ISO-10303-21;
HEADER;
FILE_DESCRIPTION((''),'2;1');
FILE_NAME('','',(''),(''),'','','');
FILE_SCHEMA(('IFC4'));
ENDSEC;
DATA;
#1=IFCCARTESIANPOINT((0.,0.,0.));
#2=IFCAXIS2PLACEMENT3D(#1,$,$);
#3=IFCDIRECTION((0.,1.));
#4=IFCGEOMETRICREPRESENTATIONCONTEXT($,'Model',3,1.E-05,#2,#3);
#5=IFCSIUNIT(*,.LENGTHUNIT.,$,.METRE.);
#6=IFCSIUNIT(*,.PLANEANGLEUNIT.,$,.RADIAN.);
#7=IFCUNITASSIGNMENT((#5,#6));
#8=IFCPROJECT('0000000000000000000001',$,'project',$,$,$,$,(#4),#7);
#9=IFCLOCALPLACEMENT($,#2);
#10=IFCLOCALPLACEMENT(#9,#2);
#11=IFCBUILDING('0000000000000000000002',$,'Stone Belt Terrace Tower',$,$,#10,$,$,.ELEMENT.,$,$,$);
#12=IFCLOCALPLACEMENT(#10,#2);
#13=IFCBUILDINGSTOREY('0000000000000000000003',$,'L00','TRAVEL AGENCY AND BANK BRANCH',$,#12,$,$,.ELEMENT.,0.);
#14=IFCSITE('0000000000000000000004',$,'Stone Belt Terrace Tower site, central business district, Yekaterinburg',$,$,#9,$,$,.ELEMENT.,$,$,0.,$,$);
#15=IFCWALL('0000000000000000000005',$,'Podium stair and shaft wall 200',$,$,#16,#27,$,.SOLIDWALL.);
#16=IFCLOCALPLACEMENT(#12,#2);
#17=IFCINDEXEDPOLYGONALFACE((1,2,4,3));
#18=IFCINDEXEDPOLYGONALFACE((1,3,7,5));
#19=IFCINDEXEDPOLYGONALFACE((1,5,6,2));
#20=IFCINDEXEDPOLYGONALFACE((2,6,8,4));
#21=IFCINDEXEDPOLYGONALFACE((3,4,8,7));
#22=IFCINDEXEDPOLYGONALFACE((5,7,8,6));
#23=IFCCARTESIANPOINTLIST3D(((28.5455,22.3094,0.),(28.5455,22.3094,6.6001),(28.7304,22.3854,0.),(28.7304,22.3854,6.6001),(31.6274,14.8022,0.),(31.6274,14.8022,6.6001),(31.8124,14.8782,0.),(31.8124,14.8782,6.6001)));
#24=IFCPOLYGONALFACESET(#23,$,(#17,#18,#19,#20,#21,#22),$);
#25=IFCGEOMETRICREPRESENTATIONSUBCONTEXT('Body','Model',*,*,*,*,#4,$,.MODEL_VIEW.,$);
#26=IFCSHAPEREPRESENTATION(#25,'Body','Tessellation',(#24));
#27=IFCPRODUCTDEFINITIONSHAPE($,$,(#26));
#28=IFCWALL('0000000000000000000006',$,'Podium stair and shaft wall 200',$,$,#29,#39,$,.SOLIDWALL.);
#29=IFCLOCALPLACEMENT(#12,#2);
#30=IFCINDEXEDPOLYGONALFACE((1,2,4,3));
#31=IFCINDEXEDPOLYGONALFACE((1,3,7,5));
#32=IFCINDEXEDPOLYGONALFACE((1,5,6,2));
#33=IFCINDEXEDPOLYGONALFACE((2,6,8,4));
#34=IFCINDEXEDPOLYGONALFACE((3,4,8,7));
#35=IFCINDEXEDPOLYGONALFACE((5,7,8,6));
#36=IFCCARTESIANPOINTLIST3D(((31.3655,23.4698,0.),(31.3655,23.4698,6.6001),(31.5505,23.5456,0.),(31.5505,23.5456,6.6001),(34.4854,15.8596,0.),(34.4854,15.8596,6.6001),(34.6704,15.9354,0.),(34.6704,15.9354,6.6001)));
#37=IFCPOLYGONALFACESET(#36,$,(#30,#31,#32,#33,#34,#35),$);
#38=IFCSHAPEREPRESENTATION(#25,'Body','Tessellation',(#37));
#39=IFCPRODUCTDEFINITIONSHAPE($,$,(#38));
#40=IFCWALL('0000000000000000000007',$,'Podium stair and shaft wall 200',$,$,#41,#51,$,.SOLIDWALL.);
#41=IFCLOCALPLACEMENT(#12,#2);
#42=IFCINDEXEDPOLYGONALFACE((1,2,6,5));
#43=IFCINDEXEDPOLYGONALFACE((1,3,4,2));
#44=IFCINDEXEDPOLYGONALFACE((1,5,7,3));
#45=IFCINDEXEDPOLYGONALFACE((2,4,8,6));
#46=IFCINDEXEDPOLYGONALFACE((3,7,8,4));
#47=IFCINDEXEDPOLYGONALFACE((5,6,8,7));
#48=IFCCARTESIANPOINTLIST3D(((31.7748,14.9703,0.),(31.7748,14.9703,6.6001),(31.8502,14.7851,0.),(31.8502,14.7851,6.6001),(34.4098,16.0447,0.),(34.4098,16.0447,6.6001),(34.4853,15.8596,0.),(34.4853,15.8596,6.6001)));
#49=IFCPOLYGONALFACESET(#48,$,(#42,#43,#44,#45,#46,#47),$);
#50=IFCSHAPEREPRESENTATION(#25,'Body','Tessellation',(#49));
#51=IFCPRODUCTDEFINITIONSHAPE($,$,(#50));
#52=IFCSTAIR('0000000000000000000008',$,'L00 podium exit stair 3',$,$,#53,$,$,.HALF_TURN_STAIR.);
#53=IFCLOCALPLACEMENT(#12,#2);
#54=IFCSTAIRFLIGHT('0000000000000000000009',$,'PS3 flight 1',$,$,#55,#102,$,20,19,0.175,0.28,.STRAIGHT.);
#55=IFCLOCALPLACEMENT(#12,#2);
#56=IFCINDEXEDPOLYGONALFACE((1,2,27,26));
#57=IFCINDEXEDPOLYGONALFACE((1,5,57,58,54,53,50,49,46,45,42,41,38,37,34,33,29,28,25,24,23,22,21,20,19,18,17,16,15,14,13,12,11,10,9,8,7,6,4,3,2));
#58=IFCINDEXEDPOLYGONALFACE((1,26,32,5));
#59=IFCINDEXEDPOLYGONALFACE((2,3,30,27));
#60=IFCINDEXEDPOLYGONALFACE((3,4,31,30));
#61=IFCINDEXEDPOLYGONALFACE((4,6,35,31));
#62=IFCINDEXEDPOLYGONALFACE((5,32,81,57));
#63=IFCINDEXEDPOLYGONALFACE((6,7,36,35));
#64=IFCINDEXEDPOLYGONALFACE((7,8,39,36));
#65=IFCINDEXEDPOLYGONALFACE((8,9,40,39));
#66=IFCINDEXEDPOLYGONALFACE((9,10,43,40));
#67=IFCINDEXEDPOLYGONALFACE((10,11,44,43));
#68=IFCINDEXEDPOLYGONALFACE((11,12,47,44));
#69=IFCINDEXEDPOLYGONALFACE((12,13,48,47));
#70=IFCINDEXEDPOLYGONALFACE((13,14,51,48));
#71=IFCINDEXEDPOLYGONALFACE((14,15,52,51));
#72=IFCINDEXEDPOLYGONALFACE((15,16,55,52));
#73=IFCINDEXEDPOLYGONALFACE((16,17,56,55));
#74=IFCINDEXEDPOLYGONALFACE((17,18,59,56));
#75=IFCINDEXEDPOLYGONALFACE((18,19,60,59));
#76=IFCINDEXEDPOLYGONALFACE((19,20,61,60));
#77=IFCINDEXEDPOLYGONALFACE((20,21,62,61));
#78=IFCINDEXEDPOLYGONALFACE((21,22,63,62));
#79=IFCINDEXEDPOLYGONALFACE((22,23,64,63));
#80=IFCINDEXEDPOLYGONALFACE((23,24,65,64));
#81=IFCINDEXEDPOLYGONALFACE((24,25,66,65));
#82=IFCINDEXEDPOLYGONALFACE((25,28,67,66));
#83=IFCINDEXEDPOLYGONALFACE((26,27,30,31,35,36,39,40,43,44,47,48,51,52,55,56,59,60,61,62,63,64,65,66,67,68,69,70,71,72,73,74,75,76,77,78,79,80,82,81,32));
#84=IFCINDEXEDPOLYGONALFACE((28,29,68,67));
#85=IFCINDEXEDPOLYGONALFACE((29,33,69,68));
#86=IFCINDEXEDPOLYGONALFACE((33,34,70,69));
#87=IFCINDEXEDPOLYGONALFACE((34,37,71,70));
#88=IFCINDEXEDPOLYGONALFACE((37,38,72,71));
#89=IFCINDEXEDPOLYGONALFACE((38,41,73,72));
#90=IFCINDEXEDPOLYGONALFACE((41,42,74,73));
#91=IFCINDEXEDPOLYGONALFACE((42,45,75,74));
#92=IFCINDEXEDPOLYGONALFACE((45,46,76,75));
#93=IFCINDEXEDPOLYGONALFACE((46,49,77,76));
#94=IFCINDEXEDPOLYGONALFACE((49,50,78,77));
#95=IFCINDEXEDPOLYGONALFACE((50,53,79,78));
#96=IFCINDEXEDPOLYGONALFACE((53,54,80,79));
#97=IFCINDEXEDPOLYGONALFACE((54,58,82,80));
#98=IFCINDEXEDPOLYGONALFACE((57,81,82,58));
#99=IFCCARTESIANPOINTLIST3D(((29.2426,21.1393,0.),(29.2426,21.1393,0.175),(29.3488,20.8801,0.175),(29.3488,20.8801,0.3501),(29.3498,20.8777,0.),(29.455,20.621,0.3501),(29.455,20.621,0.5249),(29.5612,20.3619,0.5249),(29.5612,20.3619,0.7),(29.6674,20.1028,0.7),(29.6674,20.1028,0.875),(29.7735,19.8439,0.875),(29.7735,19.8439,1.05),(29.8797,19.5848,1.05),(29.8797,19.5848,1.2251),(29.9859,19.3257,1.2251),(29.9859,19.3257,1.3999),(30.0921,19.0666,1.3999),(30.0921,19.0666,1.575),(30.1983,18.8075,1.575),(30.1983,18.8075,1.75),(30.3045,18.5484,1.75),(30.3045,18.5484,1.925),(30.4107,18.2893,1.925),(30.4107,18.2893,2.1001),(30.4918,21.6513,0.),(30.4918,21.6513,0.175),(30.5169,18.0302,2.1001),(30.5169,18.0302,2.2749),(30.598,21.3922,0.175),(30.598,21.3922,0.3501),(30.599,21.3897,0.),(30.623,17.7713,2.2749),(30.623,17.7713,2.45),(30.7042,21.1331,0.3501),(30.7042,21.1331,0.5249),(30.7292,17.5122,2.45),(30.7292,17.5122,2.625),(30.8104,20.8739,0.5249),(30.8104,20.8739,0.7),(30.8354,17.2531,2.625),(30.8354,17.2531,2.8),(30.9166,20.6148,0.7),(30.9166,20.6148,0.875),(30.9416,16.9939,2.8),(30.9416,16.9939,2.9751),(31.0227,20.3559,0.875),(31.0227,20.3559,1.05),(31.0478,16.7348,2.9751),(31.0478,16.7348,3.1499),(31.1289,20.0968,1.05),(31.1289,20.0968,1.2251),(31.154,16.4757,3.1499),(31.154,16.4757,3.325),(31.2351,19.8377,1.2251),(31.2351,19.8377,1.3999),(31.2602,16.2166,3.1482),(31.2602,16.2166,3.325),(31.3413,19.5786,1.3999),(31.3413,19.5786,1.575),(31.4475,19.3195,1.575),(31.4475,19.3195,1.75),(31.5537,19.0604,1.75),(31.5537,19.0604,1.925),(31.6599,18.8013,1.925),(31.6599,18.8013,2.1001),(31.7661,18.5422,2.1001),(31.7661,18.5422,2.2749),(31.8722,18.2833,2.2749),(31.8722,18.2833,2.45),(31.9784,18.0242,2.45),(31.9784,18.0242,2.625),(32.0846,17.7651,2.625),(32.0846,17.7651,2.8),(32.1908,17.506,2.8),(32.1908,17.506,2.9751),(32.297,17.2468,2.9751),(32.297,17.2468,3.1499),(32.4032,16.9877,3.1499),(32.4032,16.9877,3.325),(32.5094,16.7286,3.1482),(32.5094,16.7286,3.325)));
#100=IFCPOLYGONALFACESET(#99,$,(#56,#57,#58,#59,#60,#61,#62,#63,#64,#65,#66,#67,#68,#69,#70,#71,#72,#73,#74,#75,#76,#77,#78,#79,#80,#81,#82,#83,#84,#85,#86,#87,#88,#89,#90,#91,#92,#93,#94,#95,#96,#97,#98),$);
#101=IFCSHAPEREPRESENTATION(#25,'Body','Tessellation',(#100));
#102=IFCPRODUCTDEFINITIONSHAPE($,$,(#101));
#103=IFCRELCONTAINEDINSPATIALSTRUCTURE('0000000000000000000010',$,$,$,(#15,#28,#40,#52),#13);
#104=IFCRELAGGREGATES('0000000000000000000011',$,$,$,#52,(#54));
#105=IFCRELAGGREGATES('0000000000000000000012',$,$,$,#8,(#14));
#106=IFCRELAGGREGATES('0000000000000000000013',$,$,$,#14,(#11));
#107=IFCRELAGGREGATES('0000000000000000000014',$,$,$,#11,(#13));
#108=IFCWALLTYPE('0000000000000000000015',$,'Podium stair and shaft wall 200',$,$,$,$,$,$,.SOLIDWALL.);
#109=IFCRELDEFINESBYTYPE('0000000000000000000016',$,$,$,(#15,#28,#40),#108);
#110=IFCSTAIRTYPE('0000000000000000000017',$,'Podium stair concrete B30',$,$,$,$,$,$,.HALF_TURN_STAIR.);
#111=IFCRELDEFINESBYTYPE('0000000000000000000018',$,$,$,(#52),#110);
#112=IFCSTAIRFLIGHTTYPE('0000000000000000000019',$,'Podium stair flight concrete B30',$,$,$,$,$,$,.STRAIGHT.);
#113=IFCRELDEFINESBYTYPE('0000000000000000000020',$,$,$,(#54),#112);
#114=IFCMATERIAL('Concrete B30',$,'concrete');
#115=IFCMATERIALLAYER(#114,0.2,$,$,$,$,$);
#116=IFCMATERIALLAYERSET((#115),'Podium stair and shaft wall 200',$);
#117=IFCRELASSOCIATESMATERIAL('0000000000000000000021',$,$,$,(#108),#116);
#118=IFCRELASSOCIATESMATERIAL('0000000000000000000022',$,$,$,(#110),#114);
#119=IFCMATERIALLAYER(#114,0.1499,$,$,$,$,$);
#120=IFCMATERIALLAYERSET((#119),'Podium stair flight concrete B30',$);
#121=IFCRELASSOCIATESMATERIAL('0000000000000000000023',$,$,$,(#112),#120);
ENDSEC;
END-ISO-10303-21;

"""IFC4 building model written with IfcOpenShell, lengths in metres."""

from ifc_helpers import new_model, si_unit, direction, frame, frame_2d, origin, place, context, subcontext, project, spatial, polyline, rectangle, outline, extrude, material, layer, layer_set, type_object, element, aggregate, save


model = new_model("IFC4")

# Units and contexts
model_context = context("Model", 3, precision=1e-05, world=origin(), true_north=direction((0.0, 1.0)))
body_context = subcontext(model_context, "Body", "Model", "MODEL_VIEW")
ifc_project = project(units=[si_unit("LENGTHUNIT", "METRE"), si_unit("PLANEANGLEUNIT", "RADIAN")], contexts=[model_context])

# Site, building, storey
site_placement = place(None, origin())
site = spatial("IfcSite", under=ifc_project, at=site_placement, Name="Stone Belt Terrace Tower site, central business district, Yekaterinburg", CompositionType="ELEMENT", RefElevation=0.0)
building_placement = place(site_placement, origin())
building = spatial("IfcBuilding", under=site, at=building_placement, Name="Stone Belt Terrace Tower", CompositionType="ELEMENT")
storey_placement = place(building_placement, origin())
storey = spatial("IfcBuildingStorey", under=building, at=storey_placement, Name="L00", Description="TRAVEL AGENCY AND BANK BRANCH", CompositionType="ELEMENT", Elevation=0.0)

# Shared definitions
ifc_material_1 = material(Name="Concrete B30", Category="concrete")
ifc_layer_1 = layer(ifc_material_1, 0.2)
ifc_layer_set_1 = layer_set([ifc_layer_1], Name="Podium stair and shaft wall 200")
wall_type_1 = type_object("IfcWallType", Name="Podium stair and shaft wall 200", PredefinedType="SOLIDWALL", material=ifc_layer_set_1)

# Walls
wall_1_placement = place(storey_placement, frame((28.6379, 22.3474, 0.0), z_axis=(0.0, 0.0, 1.0), x_axis=(0.379778, -0.925078, 0.0)))
element("IfcWall", 1, at=wall_1_placement, inside=storey, type_object=wall_type_1, Name="Podium stair and shaft wall 200", PredefinedType="SOLIDWALL", context=body_context, shape_type="SweptSolid", body=[
    extrude(rectangle(XDim=8.1152, YDim=0.2, at=frame_2d((4.0576, 0.0))), origin(), (0.0, 0.0, 1.0), 6.6001),
])
wall_2_placement = place(storey_placement, frame((31.458, 23.5076, 0.0), z_axis=(0.0, 0.0, 1.0), x_axis=(0.379325, -0.925263, 0.0)))
element("IfcWall", 2, at=wall_2_placement, inside=storey, type_object=wall_type_1, Name="Podium stair and shaft wall 200", PredefinedType="SOLIDWALL", context=body_context, shape_type="SweptSolid", body=[
    extrude(rectangle(XDim=8.2249, YDim=0.2, at=frame_2d((4.1123, 0.0))), origin(), (0.0, 0.0, 1.0), 6.6001),
])
wall_3_placement = place(storey_placement, frame((31.8125, 14.8777, 0.0), z_axis=(0.0, 0.0, 1.0), x_axis=(0.925977, 0.37758, 0.0)))
element("IfcWall", 3, at=wall_3_placement, inside=storey, type_object=wall_type_1, Name="Podium stair and shaft wall 200", PredefinedType="SOLIDWALL", context=body_context, shape_type="SweptSolid", body=[
    extrude(rectangle(XDim=2.8457, YDim=0.2, at=frame_2d((1.4229, 0.0))), origin(), (0.0, 0.0, 1.0), 6.6001),
])

# Stair, stair flight
stair_type = type_object("IfcStairType", Name="Podium stair concrete B30", PredefinedType="HALF_TURN_STAIR", material=ifc_material_1)
stair_placement = place(storey_placement, origin())
stair = element("IfcStair", 4, at=stair_placement, inside=storey, type_object=stair_type, Name="L00 podium exit stair 3", PredefinedType="HALF_TURN_STAIR")
ifc_layer_2 = layer(ifc_material_1, 0.1499)
ifc_layer_set_2 = layer_set([ifc_layer_2], Name="Podium stair flight concrete B30")
stair_flight_type = type_object("IfcStairFlightType", Name="Podium stair flight concrete B30", PredefinedType="STRAIGHT", material=ifc_layer_set_2)
stair_flight_placement = place(storey_placement, frame((29.8672, 21.3953, 0.0), z_axis=(0.0, 0.0, 1.0), x_axis=(0.379243, -0.925297, 0.0)))
stair_flight = element("IfcStairFlight", 5, at=stair_flight_placement, type_object=stair_flight_type, Name="PS3 flight 1", NumberOfRisers=20, NumberOfTreads=19, PredefinedType="STRAIGHT", RiserHeight=0.175, TreadLength=0.28, context=body_context, shape_type="SweptSolid", body=[
    extrude(outline(polyline([(0.0, 0.0), (0.0, 0.175), (0.28, 0.175), (0.28, 0.3501), (0.5601, 0.3501), (0.5601, 0.5249), (0.8401, 0.5249), (0.8401, 0.7), (1.1201, 0.7), (1.1201, 0.875), (1.3999, 0.875), (1.3999, 1.05), (1.6799, 1.05), (1.6799, 1.2251), (1.96, 1.2251), (1.96, 1.3999), (2.24, 1.3999), (2.24, 1.575), (2.52, 1.575), (2.52, 1.75), (2.8, 1.75), (2.8, 1.925), (3.0801, 1.925), (3.0801, 2.1001), (3.3601, 2.1001), (3.3601, 2.2749), (3.6399, 2.2749), (3.6399, 2.45), (3.9199, 2.45), (3.9199, 2.625), (4.2, 2.625), (4.2, 2.8), (4.48, 2.8), (4.48, 2.9751), (4.76, 2.9751), (4.76, 3.1499), (5.04, 3.1499), (5.04, 3.325), (5.3201, 3.325), (5.3201, 3.5), (5.3201, 3.1482), (0.2827, 0.0), (0.0, 0.0)])), frame((0.0, 0.675, 0.0), z_axis=(0.0, -1.0, 0.0), x_axis=(1.0, 0.0, 0.0)), (0.0, 0.0, 1.0), 1.3501),
])
aggregate(stair, [stair_flight])

save(model, "model.ifc")
